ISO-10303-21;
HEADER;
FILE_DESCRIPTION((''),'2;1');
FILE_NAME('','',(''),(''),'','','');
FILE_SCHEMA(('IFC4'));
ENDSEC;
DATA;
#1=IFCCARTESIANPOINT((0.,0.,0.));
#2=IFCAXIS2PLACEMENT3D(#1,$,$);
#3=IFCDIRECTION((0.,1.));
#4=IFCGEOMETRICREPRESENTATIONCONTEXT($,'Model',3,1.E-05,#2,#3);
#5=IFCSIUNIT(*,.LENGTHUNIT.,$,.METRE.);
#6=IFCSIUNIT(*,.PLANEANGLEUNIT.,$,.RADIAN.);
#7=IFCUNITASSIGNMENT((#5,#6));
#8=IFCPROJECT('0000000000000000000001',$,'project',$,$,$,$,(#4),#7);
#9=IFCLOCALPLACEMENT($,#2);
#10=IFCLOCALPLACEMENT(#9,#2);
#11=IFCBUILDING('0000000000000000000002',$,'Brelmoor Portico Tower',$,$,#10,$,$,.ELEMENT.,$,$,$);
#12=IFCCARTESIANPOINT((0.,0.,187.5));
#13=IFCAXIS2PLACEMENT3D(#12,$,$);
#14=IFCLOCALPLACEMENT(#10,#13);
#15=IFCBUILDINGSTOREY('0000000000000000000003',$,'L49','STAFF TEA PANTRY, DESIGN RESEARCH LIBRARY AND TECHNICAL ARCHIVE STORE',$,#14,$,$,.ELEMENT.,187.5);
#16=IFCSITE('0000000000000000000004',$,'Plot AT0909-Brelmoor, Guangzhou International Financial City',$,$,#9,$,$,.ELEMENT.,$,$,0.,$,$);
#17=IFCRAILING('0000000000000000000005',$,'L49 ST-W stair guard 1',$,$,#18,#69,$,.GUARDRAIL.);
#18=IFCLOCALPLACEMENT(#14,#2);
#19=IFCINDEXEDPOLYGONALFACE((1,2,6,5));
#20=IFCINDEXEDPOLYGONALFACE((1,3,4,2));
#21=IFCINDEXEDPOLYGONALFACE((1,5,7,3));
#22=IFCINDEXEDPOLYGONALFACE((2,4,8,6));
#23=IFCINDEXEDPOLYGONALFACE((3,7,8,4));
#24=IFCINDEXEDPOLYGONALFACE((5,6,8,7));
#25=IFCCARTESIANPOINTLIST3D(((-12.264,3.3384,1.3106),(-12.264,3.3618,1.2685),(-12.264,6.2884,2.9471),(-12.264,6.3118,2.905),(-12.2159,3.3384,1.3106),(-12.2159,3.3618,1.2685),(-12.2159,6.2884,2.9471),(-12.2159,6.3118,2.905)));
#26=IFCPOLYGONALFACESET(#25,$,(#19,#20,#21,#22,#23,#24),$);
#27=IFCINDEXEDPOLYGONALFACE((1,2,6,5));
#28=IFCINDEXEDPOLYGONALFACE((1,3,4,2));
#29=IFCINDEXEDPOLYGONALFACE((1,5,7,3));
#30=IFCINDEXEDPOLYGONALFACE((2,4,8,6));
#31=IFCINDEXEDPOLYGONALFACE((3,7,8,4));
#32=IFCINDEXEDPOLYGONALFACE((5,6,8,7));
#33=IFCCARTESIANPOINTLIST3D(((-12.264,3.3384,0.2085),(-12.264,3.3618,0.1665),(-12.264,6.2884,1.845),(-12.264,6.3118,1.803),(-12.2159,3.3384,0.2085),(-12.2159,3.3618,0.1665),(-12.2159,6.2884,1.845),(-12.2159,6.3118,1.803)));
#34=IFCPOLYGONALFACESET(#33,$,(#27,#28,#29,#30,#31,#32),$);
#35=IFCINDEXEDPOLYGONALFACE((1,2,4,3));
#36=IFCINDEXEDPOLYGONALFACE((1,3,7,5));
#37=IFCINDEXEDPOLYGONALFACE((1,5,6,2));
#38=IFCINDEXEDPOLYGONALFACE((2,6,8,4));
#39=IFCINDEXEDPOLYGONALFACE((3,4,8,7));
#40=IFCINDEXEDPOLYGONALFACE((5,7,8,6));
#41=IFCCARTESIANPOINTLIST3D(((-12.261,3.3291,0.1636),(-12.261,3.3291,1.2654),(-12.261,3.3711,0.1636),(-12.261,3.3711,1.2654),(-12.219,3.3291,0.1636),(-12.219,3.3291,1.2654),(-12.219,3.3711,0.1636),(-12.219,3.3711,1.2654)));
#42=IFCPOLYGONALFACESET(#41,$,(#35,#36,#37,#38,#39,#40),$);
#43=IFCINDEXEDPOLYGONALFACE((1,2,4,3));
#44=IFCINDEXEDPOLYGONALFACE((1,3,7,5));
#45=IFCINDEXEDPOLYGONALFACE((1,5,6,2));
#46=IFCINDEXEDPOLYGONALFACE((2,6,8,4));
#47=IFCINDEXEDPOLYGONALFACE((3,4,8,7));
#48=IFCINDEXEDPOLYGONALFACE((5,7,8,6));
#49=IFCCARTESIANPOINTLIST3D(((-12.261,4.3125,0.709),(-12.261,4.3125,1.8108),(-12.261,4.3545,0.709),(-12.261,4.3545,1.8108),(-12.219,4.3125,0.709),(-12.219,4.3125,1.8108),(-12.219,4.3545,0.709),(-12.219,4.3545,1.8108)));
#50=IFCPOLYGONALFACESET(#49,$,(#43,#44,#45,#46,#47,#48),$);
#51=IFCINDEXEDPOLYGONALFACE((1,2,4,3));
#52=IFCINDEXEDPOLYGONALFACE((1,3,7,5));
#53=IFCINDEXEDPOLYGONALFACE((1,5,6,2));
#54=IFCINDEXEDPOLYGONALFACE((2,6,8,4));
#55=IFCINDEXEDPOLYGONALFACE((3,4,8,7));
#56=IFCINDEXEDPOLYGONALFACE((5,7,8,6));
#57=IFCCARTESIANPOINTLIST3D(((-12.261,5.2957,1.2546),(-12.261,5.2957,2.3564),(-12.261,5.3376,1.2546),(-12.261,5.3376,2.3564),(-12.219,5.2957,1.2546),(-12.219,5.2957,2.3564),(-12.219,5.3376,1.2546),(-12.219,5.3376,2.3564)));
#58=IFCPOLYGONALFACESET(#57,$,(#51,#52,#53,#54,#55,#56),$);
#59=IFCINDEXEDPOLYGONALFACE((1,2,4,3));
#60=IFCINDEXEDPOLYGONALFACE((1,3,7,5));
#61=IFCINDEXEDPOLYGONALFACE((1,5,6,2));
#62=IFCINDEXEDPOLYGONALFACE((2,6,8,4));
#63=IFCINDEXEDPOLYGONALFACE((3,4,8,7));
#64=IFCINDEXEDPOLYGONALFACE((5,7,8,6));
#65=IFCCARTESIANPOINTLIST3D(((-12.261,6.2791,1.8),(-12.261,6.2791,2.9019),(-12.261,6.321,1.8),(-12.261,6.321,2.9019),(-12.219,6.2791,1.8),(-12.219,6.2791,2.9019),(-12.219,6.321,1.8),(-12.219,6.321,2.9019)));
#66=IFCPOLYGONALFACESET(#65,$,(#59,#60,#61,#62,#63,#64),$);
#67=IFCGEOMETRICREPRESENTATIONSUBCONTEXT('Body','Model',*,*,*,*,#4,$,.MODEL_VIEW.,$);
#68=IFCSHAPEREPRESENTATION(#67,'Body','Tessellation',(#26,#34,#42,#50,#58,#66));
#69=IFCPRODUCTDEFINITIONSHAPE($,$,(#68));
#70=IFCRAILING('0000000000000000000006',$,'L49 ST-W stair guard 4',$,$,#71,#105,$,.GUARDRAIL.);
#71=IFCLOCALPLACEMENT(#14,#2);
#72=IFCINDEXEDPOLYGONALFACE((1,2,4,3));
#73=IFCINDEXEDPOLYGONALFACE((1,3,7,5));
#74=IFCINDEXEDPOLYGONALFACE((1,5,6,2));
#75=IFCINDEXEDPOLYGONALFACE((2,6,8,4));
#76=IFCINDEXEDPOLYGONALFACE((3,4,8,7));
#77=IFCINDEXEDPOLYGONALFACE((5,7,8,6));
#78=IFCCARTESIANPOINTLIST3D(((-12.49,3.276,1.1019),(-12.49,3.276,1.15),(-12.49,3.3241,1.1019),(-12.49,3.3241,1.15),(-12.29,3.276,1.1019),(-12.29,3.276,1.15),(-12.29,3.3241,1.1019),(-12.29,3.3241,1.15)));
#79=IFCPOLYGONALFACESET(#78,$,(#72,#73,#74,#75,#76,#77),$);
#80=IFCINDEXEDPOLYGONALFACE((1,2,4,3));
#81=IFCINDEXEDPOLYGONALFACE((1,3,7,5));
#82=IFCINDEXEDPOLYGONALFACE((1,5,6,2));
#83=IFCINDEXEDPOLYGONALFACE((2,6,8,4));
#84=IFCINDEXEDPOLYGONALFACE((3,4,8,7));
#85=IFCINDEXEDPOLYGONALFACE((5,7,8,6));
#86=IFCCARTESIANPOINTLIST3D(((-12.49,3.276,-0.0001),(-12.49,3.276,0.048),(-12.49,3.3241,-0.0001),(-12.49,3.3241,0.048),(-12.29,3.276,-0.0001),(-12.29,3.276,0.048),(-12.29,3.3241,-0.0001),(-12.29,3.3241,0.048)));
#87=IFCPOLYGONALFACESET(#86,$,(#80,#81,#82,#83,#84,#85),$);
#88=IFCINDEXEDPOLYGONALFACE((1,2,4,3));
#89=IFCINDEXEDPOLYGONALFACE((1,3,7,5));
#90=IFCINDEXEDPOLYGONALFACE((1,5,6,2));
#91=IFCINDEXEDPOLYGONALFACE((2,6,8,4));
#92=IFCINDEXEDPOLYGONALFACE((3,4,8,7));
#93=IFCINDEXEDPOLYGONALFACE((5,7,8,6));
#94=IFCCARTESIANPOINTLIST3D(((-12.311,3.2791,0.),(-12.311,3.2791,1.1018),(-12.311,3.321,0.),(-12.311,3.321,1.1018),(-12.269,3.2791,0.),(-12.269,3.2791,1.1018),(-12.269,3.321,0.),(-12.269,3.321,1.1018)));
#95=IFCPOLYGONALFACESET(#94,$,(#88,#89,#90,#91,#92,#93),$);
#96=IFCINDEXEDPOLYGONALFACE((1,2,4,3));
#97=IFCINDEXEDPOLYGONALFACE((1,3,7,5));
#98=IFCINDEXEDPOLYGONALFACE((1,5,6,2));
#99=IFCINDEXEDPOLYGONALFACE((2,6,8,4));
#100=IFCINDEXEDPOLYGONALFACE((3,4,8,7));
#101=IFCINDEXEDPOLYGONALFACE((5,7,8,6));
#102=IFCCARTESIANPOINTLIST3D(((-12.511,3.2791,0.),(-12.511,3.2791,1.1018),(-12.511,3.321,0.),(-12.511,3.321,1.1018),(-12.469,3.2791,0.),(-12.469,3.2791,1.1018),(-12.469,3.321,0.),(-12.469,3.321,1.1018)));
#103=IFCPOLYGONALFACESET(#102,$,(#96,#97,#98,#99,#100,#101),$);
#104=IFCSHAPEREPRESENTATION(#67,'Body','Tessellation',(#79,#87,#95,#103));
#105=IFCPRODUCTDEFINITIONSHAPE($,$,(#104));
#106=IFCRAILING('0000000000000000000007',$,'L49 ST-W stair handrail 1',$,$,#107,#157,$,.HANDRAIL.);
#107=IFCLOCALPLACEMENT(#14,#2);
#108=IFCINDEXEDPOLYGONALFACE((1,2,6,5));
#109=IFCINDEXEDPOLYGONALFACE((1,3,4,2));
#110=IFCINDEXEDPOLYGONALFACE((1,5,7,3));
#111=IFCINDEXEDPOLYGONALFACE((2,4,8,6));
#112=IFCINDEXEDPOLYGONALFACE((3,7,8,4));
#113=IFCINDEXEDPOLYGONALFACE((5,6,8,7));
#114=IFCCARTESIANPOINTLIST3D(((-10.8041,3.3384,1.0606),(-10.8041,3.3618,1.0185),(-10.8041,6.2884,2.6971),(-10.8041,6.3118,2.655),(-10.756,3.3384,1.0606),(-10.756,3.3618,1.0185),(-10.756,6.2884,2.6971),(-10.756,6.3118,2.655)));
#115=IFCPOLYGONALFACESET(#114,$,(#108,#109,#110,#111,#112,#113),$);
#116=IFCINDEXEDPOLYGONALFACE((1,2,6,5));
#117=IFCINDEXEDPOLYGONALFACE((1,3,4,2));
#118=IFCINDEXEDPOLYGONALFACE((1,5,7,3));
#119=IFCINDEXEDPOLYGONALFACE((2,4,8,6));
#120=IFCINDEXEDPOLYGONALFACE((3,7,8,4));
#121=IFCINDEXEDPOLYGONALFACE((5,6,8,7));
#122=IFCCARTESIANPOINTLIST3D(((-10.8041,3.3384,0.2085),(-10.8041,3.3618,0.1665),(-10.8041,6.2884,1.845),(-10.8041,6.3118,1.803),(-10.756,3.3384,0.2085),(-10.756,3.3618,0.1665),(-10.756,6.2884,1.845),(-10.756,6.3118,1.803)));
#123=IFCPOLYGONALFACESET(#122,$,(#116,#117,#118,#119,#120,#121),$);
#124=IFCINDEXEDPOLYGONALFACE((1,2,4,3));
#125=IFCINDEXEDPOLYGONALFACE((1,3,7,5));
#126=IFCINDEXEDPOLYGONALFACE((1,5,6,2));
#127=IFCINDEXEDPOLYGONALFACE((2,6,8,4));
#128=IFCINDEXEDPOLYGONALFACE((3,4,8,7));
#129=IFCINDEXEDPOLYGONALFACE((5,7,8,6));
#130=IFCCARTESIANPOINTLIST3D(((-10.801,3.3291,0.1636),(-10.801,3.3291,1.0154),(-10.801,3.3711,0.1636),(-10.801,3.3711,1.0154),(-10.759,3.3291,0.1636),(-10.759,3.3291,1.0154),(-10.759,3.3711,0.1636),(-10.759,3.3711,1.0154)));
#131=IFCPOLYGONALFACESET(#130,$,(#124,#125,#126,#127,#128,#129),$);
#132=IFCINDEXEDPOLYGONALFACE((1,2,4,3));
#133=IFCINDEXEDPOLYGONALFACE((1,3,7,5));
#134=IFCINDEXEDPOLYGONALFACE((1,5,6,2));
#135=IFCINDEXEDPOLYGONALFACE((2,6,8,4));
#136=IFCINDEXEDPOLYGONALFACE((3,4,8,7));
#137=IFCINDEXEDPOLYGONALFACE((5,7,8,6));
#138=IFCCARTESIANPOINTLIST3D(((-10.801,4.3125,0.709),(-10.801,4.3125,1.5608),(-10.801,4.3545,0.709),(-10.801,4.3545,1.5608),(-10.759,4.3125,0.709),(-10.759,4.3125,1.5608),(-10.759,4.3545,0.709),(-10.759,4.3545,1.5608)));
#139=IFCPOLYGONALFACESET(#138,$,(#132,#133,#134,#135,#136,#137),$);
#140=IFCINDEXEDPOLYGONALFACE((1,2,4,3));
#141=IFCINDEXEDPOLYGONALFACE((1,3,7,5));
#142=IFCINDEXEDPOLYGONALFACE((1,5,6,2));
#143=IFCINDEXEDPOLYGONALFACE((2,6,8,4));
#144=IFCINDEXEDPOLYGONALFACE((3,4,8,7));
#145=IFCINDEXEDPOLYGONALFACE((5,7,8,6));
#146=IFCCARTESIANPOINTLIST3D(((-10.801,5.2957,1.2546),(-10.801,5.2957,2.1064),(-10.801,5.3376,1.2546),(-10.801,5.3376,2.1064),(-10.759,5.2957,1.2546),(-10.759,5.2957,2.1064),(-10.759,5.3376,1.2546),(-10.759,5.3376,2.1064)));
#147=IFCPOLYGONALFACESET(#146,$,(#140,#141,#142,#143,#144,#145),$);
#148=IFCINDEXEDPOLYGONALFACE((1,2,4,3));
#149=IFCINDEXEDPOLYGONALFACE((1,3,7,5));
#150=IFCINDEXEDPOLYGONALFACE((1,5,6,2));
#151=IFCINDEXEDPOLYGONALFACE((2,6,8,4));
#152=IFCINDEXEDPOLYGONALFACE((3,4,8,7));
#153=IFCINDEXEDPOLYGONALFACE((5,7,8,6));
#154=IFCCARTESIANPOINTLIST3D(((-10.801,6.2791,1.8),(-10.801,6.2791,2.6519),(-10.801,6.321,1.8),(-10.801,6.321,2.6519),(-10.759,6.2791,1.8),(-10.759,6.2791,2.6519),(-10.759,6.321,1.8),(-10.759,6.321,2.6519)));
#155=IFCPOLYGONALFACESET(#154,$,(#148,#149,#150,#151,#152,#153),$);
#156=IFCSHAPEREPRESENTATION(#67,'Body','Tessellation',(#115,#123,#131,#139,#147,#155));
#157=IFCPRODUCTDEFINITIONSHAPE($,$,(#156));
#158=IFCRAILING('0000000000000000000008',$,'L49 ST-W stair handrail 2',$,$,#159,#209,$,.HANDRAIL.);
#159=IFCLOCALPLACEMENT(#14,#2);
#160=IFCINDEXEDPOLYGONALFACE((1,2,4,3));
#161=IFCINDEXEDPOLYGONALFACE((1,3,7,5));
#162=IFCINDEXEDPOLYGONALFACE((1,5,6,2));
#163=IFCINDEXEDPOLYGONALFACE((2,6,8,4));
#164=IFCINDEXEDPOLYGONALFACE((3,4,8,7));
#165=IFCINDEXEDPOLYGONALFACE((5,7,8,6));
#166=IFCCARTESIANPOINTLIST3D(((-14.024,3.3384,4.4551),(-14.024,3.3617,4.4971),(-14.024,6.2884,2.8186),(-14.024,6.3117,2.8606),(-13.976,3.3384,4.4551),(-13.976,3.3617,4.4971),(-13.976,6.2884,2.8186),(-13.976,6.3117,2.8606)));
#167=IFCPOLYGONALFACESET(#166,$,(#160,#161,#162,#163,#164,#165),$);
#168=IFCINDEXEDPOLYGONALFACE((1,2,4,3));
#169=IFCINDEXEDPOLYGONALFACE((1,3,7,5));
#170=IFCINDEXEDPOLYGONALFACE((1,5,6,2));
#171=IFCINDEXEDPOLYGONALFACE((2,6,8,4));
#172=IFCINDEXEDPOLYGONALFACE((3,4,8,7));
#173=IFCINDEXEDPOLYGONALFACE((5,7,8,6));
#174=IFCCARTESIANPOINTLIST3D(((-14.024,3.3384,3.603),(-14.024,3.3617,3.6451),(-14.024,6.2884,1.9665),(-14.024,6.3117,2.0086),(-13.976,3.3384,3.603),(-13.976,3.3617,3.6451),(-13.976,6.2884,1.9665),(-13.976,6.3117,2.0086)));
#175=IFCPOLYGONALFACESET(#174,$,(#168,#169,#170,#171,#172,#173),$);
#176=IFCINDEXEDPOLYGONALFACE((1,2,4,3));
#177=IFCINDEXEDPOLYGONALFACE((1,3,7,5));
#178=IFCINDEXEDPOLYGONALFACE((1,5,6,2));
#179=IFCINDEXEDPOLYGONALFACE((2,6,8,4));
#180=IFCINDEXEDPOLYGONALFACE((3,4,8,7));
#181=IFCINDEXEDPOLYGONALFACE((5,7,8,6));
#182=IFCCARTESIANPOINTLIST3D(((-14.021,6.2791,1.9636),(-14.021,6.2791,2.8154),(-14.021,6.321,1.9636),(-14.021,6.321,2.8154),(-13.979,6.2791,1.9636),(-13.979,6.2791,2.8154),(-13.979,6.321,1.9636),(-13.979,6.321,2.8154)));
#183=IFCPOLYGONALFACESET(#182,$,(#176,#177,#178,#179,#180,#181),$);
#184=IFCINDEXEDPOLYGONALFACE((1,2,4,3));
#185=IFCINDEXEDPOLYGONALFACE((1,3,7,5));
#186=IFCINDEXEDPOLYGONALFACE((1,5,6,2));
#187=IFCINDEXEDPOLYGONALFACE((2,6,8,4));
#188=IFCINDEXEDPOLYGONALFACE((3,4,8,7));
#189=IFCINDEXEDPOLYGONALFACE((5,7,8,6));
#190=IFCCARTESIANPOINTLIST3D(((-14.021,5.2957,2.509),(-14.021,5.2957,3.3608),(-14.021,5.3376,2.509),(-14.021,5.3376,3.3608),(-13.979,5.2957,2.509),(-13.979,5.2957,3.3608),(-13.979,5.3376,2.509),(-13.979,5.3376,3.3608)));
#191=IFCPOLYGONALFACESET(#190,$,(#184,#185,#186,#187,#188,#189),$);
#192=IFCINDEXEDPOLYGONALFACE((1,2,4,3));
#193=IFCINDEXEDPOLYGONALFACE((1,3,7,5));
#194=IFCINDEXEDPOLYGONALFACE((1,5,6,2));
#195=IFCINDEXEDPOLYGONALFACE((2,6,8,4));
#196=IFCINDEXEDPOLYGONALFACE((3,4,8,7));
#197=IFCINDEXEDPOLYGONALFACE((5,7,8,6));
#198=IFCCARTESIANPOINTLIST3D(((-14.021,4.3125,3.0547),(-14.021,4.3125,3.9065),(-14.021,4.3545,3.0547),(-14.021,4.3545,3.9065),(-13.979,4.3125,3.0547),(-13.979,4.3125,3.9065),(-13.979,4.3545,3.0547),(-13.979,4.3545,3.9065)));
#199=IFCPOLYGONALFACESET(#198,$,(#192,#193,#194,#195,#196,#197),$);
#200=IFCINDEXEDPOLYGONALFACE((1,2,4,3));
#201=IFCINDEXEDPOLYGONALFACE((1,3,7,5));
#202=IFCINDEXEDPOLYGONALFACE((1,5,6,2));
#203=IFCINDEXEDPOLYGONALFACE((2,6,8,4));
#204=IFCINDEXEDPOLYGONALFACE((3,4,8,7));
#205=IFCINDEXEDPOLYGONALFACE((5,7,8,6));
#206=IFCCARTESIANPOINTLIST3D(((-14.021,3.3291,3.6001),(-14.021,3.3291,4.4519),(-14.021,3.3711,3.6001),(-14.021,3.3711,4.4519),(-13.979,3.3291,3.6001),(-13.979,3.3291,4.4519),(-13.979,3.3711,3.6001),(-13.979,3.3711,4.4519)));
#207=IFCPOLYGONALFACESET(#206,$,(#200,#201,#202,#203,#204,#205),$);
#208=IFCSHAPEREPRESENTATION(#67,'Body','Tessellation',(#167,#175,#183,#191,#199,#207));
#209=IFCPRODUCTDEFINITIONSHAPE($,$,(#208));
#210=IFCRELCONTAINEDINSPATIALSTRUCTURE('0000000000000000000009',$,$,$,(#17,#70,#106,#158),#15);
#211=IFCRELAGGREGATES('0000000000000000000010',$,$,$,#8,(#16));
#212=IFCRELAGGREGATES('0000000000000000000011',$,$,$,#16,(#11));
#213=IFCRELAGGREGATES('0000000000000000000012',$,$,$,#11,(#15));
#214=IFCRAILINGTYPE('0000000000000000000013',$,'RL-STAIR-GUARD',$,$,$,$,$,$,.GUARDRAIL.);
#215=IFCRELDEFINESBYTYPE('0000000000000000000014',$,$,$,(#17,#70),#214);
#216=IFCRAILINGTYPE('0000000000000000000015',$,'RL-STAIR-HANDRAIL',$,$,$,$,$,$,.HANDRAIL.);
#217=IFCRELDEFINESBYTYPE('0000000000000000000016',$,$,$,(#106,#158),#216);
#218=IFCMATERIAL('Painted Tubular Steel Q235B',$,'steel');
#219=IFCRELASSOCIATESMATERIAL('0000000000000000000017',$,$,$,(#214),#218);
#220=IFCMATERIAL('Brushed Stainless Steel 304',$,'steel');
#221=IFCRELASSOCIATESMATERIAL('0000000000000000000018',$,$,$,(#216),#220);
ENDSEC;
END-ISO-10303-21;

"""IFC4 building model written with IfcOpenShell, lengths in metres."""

from ifc_helpers import new_model, si_unit, direction, frame, origin, origin_2d, place, context, subcontext, project, spatial, rectangle, extrude, material, type_object, element, save


model = new_model("IFC4")

# Units and contexts
model_context = context("Model", 3, precision=1e-05, world=origin(), true_north=direction((0.0, 1.0)))
body_context = subcontext(model_context, "Body", "Model", "MODEL_VIEW")
ifc_project = project(units=[si_unit("LENGTHUNIT", "METRE"), si_unit("PLANEANGLEUNIT", "RADIAN")], contexts=[model_context])

# Site, building, storey
site_placement = place(None, origin())
site = spatial("IfcSite", under=ifc_project, at=site_placement, Name="Plot AT0909-Brelmoor, Guangzhou International Financial City", CompositionType="ELEMENT", RefElevation=0.0)
building_placement = place(site_placement, origin())
building = spatial("IfcBuilding", under=site, at=building_placement, Name="Brelmoor Portico Tower", CompositionType="ELEMENT")
storey_placement = place(building_placement, frame((0.0, 0.0, 187.5)))
storey = spatial("IfcBuildingStorey", under=building, at=storey_placement, Name="L49", Description="STAFF TEA PANTRY, DESIGN RESEARCH LIBRARY AND TECHNICAL ARCHIVE STORE", CompositionType="ELEMENT", Elevation=187.5)

# Railings
ifc_material_1 = material(Name="Painted Tubular Steel Q235B", Category="steel")
railing_type_1 = type_object("IfcRailingType", Name="RL-STAIR-GUARD", PredefinedType="GUARDRAIL", material=ifc_material_1)
railing_1_placement = place(storey_placement, frame((-12.24, 3.3501, 0.1636)))
element("IfcRailing", 1, at=railing_1_placement, inside=storey, type_object=railing_type_1, Name="L49 ST-W stair guard 1", PredefinedType="GUARDRAIL", context=body_context, shape_type="SweptSolid", body=[
    extrude(rectangle(XDim=0.0481, YDim=0.0481, at=origin_2d()), frame((0.0, 0.0, 1.126), z_axis=(0.0, 0.874458, 0.485102), x_axis=(-1.0, 0.0, 0.0)), (0.0, 0.0, 1.0), 3.3735),
    extrude(rectangle(XDim=0.0481, YDim=0.0481, at=origin_2d()), frame((0.0, 0.0, 0.0239), z_axis=(0.0, 0.874458, 0.485102), x_axis=(-1.0, 0.0, 0.0)), (0.0, 0.0, 1.0), 3.3735),
    extrude(rectangle(XDim=0.042, YDim=0.042, at=origin_2d()), origin(), (0.0, 0.0, 1.0), 1.1018),
    extrude(rectangle(XDim=0.042, YDim=0.042, at=origin_2d()), frame((0.0, 0.9834, 0.5454)), (0.0, 0.0, 1.0), 1.1018),
    extrude(rectangle(XDim=0.042, YDim=0.042, at=origin_2d()), frame((0.0, 1.9666, 1.0911)), (0.0, 0.0, 1.0), 1.1018),
    extrude(rectangle(XDim=0.042, YDim=0.042, at=origin_2d()), frame((0.0, 2.95, 1.6365)), (0.0, 0.0, 1.0), 1.1018),
])
railing_2_placement = place(storey_placement, frame((-12.29, 3.3, 0.0)))
element("IfcRailing", 2, at=railing_2_placement, inside=storey, type_object=railing_type_1, Name="L49 ST-W stair guard 4", PredefinedType="GUARDRAIL", context=body_context, shape_type="SweptSolid", body=[
    extrude(rectangle(XDim=0.0481, YDim=0.0481, at=origin_2d()), frame((0.0, 0.0, 1.126), z_axis=(-1.0, 0.0, 0.0), x_axis=(0.0, -1.0, 0.0)), (0.0, 0.0, 1.0), 0.2),
    extrude(rectangle(XDim=0.0481, YDim=0.0481, at=origin_2d()), frame((0.0, 0.0, 0.0239), z_axis=(-1.0, 0.0, 0.0), x_axis=(0.0, -1.0, 0.0)), (0.0, 0.0, 1.0), 0.2),
    extrude(rectangle(XDim=0.042, YDim=0.042, at=origin_2d()), origin(), (0.0, 0.0, 1.0), 1.1018),
    extrude(rectangle(XDim=0.042, YDim=0.042, at=origin_2d()), frame((-0.2, 0.0, 0.0)), (0.0, 0.0, 1.0), 1.1018),
])
ifc_material_2 = material(Name="Brushed Stainless Steel 304", Category="steel")
railing_type_2 = type_object("IfcRailingType", Name="RL-STAIR-HANDRAIL", PredefinedType="HANDRAIL", material=ifc_material_2)
railing_3_placement = place(storey_placement, frame((-10.78, 3.3501, 0.1636)))
element("IfcRailing", 3, at=railing_3_placement, inside=storey, type_object=railing_type_2, Name="L49 ST-W stair handrail 1", PredefinedType="HANDRAIL", context=body_context, shape_type="SweptSolid", body=[
    extrude(rectangle(XDim=0.0481, YDim=0.0481, at=origin_2d()), frame((0.0, 0.0, 0.876), z_axis=(0.0, 0.874458, 0.485102), x_axis=(-1.0, 0.0, 0.0)), (0.0, 0.0, 1.0), 3.3735),
    extrude(rectangle(XDim=0.0481, YDim=0.0481, at=origin_2d()), frame((0.0, 0.0, 0.0239), z_axis=(0.0, 0.874458, 0.485102), x_axis=(-1.0, 0.0, 0.0)), (0.0, 0.0, 1.0), 3.3735),
    extrude(rectangle(XDim=0.042, YDim=0.042, at=origin_2d()), origin(), (0.0, 0.0, 1.0), 0.8518),
    extrude(rectangle(XDim=0.042, YDim=0.042, at=origin_2d()), frame((0.0, 0.9834, 0.5454)), (0.0, 0.0, 1.0), 0.8518),
    extrude(rectangle(XDim=0.042, YDim=0.042, at=origin_2d()), frame((0.0, 1.9666, 1.0911)), (0.0, 0.0, 1.0), 0.8518),
    extrude(rectangle(XDim=0.042, YDim=0.042, at=origin_2d()), frame((0.0, 2.95, 1.6365)), (0.0, 0.0, 1.0), 0.8518),
])
railing_4_placement = place(storey_placement, frame((-14.0, 6.3, 1.9636)))
element("IfcRailing", 4, at=railing_4_placement, inside=storey, type_object=railing_type_2, Name="L49 ST-W stair handrail 2", PredefinedType="HANDRAIL", context=body_context, shape_type="SweptSolid", body=[
    extrude(rectangle(XDim=0.0481, YDim=0.0481, at=origin_2d()), frame((0.0, 0.0, 0.876), z_axis=(0.0, -0.874458, 0.485102), x_axis=(1.0, 0.0, 0.0)), (0.0, 0.0, 1.0), 3.3735),
    extrude(rectangle(XDim=0.0481, YDim=0.0481, at=origin_2d()), frame((0.0, 0.0, 0.0239), z_axis=(0.0, -0.874458, 0.485102), x_axis=(1.0, 0.0, 0.0)), (0.0, 0.0, 1.0), 3.3735),
    extrude(rectangle(XDim=0.042, YDim=0.042, at=origin_2d()), origin(), (0.0, 0.0, 1.0), 0.8518),
    extrude(rectangle(XDim=0.042, YDim=0.042, at=origin_2d()), frame((0.0, -0.9834, 0.5454)), (0.0, 0.0, 1.0), 0.8518),
    extrude(rectangle(XDim=0.042, YDim=0.042, at=origin_2d()), frame((0.0, -1.9666, 1.0911)), (0.0, 0.0, 1.0), 0.8518),
    extrude(rectangle(XDim=0.042, YDim=0.042, at=origin_2d()), frame((0.0, -2.95, 1.6365)), (0.0, 0.0, 1.0), 0.8518),
])

save(model, "model.ifc")
